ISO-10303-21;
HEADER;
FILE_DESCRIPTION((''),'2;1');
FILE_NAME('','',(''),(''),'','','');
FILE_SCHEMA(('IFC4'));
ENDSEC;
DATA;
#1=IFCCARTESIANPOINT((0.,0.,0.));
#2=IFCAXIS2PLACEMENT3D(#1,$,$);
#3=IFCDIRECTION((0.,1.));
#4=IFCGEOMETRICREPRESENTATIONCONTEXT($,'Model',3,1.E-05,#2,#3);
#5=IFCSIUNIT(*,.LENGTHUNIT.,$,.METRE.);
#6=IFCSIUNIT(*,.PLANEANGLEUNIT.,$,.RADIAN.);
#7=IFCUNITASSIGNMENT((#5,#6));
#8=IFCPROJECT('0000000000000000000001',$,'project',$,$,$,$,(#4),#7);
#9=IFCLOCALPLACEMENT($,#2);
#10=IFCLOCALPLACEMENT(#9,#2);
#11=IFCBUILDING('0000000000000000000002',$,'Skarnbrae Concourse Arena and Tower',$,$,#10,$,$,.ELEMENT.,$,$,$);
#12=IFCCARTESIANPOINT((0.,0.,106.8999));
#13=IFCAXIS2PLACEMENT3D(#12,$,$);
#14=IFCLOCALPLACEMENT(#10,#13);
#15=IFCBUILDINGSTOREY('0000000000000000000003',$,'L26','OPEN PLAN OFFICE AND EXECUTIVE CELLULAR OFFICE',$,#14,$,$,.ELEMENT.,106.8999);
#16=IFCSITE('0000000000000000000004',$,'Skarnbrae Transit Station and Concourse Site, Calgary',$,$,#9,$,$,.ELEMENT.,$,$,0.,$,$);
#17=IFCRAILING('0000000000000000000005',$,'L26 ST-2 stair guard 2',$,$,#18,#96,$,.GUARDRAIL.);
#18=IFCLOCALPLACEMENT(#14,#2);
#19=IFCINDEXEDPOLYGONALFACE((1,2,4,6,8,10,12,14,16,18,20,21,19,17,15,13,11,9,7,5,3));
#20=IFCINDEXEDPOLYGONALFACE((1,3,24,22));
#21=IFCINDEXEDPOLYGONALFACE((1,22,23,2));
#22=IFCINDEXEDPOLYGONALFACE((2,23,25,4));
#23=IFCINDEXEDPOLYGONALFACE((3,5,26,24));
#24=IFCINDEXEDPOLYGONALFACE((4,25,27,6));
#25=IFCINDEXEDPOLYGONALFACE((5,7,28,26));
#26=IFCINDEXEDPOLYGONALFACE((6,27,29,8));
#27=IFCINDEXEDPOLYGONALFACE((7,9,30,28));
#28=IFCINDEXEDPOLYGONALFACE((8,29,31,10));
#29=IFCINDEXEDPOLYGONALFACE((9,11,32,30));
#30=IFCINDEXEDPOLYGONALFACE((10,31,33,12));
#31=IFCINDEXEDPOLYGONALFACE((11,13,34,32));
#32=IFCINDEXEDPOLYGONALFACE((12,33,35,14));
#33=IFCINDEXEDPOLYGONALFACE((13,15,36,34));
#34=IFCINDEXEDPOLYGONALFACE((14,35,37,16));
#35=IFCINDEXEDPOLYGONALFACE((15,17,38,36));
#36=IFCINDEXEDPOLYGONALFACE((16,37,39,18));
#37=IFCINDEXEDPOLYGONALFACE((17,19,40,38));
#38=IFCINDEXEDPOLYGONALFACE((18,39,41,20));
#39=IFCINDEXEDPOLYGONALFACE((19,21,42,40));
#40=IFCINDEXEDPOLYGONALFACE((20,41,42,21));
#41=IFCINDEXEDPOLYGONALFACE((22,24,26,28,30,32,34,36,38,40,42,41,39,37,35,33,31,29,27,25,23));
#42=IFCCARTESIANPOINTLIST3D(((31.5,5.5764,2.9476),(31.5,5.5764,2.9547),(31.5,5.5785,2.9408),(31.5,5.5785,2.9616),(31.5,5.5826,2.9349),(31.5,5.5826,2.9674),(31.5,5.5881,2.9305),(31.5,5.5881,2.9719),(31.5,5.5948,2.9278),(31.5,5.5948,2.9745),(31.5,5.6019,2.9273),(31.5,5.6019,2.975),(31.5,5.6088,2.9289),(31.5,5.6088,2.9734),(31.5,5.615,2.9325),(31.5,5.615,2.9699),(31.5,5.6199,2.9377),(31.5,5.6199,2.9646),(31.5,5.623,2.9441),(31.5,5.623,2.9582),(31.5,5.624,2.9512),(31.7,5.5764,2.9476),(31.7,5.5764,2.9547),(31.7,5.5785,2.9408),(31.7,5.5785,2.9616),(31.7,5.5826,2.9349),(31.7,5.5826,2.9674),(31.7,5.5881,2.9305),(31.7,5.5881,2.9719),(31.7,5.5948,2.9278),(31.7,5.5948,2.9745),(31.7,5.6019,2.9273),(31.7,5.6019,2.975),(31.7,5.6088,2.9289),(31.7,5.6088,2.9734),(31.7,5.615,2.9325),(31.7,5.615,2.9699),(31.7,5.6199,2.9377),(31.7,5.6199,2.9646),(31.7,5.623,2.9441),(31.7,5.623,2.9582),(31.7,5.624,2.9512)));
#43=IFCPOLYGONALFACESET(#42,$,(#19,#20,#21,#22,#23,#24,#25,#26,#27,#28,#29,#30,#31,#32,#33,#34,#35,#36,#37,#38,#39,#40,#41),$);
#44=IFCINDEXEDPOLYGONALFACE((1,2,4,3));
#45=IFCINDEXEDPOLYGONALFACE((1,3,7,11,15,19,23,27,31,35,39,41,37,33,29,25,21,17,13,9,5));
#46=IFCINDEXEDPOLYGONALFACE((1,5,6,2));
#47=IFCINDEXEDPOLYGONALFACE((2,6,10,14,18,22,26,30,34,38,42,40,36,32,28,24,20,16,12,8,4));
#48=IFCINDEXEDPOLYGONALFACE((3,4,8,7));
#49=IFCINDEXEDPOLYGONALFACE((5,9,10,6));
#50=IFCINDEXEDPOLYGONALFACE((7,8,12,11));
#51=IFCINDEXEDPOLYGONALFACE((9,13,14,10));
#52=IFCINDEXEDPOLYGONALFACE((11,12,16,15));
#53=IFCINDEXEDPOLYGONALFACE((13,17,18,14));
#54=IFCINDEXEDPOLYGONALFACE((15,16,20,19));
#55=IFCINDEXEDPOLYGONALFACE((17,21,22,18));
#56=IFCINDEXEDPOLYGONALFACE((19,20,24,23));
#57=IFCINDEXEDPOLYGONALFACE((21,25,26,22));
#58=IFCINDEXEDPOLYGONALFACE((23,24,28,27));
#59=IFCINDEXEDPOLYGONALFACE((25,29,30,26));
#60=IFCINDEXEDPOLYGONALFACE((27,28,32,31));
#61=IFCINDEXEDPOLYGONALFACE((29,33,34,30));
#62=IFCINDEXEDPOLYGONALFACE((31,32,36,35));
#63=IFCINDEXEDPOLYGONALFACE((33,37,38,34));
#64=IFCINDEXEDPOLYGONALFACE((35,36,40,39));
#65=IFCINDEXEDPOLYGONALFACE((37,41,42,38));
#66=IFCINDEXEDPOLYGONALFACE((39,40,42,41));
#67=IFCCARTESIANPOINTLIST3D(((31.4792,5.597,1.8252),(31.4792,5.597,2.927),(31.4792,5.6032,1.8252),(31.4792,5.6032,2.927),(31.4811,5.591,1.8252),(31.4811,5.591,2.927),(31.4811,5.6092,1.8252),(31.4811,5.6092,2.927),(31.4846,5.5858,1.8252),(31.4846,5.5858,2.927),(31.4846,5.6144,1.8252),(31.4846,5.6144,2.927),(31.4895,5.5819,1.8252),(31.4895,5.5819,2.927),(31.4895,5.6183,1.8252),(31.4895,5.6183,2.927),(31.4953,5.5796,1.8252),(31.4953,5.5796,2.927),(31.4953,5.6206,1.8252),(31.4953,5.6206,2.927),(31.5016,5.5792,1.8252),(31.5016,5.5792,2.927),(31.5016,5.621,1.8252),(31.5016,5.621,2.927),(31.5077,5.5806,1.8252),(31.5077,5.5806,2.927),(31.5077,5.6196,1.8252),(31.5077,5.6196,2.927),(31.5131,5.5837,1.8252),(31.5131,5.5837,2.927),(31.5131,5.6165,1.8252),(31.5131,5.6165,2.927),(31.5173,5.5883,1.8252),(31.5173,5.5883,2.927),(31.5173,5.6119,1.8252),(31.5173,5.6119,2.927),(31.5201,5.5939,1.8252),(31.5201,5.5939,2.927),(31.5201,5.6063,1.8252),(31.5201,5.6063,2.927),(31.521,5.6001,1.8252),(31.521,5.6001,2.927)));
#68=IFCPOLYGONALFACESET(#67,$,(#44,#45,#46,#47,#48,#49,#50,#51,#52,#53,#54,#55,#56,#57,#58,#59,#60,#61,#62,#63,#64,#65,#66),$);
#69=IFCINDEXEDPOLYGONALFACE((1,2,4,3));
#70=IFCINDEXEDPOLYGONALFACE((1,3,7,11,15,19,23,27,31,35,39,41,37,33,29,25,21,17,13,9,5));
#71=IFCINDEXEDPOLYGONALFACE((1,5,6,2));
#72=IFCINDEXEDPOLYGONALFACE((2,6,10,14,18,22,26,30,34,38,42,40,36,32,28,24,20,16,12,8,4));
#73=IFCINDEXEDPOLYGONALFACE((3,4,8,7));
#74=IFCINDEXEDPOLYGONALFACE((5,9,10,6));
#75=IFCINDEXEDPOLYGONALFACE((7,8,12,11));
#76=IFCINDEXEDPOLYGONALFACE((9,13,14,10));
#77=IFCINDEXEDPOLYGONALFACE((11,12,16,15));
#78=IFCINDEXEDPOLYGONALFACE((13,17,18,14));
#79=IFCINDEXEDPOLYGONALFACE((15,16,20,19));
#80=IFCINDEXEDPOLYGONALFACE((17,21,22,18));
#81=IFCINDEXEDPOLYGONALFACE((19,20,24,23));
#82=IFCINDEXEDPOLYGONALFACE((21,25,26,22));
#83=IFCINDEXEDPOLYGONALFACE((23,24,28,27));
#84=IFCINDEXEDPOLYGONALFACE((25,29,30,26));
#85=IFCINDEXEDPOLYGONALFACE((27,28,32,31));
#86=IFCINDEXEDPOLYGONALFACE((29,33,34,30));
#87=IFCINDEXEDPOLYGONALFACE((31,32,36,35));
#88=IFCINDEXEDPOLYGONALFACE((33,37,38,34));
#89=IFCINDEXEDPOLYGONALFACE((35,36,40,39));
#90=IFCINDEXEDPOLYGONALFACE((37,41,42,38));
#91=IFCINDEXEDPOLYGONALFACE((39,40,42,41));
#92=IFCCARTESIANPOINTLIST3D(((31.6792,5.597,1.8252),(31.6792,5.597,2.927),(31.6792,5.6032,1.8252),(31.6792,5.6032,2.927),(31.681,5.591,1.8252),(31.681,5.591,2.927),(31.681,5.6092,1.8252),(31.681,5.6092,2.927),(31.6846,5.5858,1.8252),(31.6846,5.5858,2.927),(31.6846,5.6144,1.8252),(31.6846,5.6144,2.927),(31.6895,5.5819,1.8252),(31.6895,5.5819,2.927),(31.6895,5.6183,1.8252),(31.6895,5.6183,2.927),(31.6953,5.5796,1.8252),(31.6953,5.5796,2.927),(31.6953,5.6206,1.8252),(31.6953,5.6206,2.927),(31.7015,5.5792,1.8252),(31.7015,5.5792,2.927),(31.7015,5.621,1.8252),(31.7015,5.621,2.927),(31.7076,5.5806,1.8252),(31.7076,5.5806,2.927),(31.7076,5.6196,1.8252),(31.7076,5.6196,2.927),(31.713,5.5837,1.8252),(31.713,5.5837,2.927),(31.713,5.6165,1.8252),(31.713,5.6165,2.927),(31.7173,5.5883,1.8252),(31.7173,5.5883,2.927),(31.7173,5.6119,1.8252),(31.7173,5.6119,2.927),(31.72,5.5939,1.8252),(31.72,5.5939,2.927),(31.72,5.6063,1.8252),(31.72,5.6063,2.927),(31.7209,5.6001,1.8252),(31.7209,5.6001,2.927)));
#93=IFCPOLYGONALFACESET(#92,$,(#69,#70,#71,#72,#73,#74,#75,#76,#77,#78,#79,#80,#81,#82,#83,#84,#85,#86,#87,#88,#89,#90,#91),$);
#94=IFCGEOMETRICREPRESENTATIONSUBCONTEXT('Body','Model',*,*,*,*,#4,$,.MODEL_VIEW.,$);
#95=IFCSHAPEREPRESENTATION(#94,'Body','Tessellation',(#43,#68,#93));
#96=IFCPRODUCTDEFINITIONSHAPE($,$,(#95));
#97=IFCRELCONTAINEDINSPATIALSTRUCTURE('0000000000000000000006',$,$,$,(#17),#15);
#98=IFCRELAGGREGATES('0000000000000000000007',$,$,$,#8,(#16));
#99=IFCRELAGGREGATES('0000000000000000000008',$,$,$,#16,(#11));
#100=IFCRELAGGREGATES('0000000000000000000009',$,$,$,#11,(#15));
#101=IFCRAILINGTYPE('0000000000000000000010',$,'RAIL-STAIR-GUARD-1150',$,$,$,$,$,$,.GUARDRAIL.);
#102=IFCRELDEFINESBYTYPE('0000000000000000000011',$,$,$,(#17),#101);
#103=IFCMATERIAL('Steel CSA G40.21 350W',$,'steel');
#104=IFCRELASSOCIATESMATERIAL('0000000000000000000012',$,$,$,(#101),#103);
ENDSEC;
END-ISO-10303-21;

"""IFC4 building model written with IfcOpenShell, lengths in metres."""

from ifc_helpers import new_model, si_unit, direction, frame, origin, origin_2d, place, context, subcontext, project, spatial, circle, extrude, material, type_object, element, save


model = new_model("IFC4")

# Units and contexts
model_context = context("Model", 3, precision=1e-05, world=origin(), true_north=direction((0.0, 1.0)))
body_context = subcontext(model_context, "Body", "Model", "MODEL_VIEW")
ifc_project = project(units=[si_unit("LENGTHUNIT", "METRE"), si_unit("PLANEANGLEUNIT", "RADIAN")], contexts=[model_context])

# Site, building, storey
site_placement = place(None, origin())
site = spatial("IfcSite", under=ifc_project, at=site_placement, Name="Skarnbrae Transit Station and Concourse Site, Calgary", CompositionType="ELEMENT", RefElevation=0.0)
building_placement = place(site_placement, origin())
building = spatial("IfcBuilding", under=site, at=building_placement, Name="Skarnbrae Concourse Arena and Tower", CompositionType="ELEMENT")
storey_placement = place(building_placement, frame((0.0, 0.0, 106.8999)))
storey = spatial("IfcBuildingStorey", under=building, at=storey_placement, Name="L26", Description="OPEN PLAN OFFICE AND EXECUTIVE CELLULAR OFFICE", CompositionType="ELEMENT", Elevation=106.8999)

# Railing
ifc_material_1 = material(Name="Steel CSA G40.21 350W", Category="steel")
railing_type_1 = type_object("IfcRailingType", Name="RAIL-STAIR-GUARD-1150", PredefinedType="GUARDRAIL", material=ifc_material_1)
railing_1_placement = place(storey_placement, frame((31.5, 5.6001, 1.8252)))
element("IfcRailing", 1, at=railing_1_placement, inside=storey, type_object=railing_type_1, Name="L26 ST-2 stair guard 2", PredefinedType="GUARDRAIL", context=body_context, shape_type="SweptSolid", body=[
    extrude(circle(Radius=0.0239, at=origin_2d()), frame((0.0, 0.0, 1.126), z_axis=(1.0, 0.0, 0.0), x_axis=(0.0, 1.0, 0.0)), (0.0, 0.0, 1.0), 0.2),
    extrude(circle(Radius=0.021, at=origin_2d()), origin(), (0.0, 0.0, 1.0), 1.1018),
    extrude(circle(Radius=0.021, at=origin_2d()), frame((0.2, 0.0, 0.0)), (0.0, 0.0, 1.0), 1.1018),
])

save(model, "model.ifc")
